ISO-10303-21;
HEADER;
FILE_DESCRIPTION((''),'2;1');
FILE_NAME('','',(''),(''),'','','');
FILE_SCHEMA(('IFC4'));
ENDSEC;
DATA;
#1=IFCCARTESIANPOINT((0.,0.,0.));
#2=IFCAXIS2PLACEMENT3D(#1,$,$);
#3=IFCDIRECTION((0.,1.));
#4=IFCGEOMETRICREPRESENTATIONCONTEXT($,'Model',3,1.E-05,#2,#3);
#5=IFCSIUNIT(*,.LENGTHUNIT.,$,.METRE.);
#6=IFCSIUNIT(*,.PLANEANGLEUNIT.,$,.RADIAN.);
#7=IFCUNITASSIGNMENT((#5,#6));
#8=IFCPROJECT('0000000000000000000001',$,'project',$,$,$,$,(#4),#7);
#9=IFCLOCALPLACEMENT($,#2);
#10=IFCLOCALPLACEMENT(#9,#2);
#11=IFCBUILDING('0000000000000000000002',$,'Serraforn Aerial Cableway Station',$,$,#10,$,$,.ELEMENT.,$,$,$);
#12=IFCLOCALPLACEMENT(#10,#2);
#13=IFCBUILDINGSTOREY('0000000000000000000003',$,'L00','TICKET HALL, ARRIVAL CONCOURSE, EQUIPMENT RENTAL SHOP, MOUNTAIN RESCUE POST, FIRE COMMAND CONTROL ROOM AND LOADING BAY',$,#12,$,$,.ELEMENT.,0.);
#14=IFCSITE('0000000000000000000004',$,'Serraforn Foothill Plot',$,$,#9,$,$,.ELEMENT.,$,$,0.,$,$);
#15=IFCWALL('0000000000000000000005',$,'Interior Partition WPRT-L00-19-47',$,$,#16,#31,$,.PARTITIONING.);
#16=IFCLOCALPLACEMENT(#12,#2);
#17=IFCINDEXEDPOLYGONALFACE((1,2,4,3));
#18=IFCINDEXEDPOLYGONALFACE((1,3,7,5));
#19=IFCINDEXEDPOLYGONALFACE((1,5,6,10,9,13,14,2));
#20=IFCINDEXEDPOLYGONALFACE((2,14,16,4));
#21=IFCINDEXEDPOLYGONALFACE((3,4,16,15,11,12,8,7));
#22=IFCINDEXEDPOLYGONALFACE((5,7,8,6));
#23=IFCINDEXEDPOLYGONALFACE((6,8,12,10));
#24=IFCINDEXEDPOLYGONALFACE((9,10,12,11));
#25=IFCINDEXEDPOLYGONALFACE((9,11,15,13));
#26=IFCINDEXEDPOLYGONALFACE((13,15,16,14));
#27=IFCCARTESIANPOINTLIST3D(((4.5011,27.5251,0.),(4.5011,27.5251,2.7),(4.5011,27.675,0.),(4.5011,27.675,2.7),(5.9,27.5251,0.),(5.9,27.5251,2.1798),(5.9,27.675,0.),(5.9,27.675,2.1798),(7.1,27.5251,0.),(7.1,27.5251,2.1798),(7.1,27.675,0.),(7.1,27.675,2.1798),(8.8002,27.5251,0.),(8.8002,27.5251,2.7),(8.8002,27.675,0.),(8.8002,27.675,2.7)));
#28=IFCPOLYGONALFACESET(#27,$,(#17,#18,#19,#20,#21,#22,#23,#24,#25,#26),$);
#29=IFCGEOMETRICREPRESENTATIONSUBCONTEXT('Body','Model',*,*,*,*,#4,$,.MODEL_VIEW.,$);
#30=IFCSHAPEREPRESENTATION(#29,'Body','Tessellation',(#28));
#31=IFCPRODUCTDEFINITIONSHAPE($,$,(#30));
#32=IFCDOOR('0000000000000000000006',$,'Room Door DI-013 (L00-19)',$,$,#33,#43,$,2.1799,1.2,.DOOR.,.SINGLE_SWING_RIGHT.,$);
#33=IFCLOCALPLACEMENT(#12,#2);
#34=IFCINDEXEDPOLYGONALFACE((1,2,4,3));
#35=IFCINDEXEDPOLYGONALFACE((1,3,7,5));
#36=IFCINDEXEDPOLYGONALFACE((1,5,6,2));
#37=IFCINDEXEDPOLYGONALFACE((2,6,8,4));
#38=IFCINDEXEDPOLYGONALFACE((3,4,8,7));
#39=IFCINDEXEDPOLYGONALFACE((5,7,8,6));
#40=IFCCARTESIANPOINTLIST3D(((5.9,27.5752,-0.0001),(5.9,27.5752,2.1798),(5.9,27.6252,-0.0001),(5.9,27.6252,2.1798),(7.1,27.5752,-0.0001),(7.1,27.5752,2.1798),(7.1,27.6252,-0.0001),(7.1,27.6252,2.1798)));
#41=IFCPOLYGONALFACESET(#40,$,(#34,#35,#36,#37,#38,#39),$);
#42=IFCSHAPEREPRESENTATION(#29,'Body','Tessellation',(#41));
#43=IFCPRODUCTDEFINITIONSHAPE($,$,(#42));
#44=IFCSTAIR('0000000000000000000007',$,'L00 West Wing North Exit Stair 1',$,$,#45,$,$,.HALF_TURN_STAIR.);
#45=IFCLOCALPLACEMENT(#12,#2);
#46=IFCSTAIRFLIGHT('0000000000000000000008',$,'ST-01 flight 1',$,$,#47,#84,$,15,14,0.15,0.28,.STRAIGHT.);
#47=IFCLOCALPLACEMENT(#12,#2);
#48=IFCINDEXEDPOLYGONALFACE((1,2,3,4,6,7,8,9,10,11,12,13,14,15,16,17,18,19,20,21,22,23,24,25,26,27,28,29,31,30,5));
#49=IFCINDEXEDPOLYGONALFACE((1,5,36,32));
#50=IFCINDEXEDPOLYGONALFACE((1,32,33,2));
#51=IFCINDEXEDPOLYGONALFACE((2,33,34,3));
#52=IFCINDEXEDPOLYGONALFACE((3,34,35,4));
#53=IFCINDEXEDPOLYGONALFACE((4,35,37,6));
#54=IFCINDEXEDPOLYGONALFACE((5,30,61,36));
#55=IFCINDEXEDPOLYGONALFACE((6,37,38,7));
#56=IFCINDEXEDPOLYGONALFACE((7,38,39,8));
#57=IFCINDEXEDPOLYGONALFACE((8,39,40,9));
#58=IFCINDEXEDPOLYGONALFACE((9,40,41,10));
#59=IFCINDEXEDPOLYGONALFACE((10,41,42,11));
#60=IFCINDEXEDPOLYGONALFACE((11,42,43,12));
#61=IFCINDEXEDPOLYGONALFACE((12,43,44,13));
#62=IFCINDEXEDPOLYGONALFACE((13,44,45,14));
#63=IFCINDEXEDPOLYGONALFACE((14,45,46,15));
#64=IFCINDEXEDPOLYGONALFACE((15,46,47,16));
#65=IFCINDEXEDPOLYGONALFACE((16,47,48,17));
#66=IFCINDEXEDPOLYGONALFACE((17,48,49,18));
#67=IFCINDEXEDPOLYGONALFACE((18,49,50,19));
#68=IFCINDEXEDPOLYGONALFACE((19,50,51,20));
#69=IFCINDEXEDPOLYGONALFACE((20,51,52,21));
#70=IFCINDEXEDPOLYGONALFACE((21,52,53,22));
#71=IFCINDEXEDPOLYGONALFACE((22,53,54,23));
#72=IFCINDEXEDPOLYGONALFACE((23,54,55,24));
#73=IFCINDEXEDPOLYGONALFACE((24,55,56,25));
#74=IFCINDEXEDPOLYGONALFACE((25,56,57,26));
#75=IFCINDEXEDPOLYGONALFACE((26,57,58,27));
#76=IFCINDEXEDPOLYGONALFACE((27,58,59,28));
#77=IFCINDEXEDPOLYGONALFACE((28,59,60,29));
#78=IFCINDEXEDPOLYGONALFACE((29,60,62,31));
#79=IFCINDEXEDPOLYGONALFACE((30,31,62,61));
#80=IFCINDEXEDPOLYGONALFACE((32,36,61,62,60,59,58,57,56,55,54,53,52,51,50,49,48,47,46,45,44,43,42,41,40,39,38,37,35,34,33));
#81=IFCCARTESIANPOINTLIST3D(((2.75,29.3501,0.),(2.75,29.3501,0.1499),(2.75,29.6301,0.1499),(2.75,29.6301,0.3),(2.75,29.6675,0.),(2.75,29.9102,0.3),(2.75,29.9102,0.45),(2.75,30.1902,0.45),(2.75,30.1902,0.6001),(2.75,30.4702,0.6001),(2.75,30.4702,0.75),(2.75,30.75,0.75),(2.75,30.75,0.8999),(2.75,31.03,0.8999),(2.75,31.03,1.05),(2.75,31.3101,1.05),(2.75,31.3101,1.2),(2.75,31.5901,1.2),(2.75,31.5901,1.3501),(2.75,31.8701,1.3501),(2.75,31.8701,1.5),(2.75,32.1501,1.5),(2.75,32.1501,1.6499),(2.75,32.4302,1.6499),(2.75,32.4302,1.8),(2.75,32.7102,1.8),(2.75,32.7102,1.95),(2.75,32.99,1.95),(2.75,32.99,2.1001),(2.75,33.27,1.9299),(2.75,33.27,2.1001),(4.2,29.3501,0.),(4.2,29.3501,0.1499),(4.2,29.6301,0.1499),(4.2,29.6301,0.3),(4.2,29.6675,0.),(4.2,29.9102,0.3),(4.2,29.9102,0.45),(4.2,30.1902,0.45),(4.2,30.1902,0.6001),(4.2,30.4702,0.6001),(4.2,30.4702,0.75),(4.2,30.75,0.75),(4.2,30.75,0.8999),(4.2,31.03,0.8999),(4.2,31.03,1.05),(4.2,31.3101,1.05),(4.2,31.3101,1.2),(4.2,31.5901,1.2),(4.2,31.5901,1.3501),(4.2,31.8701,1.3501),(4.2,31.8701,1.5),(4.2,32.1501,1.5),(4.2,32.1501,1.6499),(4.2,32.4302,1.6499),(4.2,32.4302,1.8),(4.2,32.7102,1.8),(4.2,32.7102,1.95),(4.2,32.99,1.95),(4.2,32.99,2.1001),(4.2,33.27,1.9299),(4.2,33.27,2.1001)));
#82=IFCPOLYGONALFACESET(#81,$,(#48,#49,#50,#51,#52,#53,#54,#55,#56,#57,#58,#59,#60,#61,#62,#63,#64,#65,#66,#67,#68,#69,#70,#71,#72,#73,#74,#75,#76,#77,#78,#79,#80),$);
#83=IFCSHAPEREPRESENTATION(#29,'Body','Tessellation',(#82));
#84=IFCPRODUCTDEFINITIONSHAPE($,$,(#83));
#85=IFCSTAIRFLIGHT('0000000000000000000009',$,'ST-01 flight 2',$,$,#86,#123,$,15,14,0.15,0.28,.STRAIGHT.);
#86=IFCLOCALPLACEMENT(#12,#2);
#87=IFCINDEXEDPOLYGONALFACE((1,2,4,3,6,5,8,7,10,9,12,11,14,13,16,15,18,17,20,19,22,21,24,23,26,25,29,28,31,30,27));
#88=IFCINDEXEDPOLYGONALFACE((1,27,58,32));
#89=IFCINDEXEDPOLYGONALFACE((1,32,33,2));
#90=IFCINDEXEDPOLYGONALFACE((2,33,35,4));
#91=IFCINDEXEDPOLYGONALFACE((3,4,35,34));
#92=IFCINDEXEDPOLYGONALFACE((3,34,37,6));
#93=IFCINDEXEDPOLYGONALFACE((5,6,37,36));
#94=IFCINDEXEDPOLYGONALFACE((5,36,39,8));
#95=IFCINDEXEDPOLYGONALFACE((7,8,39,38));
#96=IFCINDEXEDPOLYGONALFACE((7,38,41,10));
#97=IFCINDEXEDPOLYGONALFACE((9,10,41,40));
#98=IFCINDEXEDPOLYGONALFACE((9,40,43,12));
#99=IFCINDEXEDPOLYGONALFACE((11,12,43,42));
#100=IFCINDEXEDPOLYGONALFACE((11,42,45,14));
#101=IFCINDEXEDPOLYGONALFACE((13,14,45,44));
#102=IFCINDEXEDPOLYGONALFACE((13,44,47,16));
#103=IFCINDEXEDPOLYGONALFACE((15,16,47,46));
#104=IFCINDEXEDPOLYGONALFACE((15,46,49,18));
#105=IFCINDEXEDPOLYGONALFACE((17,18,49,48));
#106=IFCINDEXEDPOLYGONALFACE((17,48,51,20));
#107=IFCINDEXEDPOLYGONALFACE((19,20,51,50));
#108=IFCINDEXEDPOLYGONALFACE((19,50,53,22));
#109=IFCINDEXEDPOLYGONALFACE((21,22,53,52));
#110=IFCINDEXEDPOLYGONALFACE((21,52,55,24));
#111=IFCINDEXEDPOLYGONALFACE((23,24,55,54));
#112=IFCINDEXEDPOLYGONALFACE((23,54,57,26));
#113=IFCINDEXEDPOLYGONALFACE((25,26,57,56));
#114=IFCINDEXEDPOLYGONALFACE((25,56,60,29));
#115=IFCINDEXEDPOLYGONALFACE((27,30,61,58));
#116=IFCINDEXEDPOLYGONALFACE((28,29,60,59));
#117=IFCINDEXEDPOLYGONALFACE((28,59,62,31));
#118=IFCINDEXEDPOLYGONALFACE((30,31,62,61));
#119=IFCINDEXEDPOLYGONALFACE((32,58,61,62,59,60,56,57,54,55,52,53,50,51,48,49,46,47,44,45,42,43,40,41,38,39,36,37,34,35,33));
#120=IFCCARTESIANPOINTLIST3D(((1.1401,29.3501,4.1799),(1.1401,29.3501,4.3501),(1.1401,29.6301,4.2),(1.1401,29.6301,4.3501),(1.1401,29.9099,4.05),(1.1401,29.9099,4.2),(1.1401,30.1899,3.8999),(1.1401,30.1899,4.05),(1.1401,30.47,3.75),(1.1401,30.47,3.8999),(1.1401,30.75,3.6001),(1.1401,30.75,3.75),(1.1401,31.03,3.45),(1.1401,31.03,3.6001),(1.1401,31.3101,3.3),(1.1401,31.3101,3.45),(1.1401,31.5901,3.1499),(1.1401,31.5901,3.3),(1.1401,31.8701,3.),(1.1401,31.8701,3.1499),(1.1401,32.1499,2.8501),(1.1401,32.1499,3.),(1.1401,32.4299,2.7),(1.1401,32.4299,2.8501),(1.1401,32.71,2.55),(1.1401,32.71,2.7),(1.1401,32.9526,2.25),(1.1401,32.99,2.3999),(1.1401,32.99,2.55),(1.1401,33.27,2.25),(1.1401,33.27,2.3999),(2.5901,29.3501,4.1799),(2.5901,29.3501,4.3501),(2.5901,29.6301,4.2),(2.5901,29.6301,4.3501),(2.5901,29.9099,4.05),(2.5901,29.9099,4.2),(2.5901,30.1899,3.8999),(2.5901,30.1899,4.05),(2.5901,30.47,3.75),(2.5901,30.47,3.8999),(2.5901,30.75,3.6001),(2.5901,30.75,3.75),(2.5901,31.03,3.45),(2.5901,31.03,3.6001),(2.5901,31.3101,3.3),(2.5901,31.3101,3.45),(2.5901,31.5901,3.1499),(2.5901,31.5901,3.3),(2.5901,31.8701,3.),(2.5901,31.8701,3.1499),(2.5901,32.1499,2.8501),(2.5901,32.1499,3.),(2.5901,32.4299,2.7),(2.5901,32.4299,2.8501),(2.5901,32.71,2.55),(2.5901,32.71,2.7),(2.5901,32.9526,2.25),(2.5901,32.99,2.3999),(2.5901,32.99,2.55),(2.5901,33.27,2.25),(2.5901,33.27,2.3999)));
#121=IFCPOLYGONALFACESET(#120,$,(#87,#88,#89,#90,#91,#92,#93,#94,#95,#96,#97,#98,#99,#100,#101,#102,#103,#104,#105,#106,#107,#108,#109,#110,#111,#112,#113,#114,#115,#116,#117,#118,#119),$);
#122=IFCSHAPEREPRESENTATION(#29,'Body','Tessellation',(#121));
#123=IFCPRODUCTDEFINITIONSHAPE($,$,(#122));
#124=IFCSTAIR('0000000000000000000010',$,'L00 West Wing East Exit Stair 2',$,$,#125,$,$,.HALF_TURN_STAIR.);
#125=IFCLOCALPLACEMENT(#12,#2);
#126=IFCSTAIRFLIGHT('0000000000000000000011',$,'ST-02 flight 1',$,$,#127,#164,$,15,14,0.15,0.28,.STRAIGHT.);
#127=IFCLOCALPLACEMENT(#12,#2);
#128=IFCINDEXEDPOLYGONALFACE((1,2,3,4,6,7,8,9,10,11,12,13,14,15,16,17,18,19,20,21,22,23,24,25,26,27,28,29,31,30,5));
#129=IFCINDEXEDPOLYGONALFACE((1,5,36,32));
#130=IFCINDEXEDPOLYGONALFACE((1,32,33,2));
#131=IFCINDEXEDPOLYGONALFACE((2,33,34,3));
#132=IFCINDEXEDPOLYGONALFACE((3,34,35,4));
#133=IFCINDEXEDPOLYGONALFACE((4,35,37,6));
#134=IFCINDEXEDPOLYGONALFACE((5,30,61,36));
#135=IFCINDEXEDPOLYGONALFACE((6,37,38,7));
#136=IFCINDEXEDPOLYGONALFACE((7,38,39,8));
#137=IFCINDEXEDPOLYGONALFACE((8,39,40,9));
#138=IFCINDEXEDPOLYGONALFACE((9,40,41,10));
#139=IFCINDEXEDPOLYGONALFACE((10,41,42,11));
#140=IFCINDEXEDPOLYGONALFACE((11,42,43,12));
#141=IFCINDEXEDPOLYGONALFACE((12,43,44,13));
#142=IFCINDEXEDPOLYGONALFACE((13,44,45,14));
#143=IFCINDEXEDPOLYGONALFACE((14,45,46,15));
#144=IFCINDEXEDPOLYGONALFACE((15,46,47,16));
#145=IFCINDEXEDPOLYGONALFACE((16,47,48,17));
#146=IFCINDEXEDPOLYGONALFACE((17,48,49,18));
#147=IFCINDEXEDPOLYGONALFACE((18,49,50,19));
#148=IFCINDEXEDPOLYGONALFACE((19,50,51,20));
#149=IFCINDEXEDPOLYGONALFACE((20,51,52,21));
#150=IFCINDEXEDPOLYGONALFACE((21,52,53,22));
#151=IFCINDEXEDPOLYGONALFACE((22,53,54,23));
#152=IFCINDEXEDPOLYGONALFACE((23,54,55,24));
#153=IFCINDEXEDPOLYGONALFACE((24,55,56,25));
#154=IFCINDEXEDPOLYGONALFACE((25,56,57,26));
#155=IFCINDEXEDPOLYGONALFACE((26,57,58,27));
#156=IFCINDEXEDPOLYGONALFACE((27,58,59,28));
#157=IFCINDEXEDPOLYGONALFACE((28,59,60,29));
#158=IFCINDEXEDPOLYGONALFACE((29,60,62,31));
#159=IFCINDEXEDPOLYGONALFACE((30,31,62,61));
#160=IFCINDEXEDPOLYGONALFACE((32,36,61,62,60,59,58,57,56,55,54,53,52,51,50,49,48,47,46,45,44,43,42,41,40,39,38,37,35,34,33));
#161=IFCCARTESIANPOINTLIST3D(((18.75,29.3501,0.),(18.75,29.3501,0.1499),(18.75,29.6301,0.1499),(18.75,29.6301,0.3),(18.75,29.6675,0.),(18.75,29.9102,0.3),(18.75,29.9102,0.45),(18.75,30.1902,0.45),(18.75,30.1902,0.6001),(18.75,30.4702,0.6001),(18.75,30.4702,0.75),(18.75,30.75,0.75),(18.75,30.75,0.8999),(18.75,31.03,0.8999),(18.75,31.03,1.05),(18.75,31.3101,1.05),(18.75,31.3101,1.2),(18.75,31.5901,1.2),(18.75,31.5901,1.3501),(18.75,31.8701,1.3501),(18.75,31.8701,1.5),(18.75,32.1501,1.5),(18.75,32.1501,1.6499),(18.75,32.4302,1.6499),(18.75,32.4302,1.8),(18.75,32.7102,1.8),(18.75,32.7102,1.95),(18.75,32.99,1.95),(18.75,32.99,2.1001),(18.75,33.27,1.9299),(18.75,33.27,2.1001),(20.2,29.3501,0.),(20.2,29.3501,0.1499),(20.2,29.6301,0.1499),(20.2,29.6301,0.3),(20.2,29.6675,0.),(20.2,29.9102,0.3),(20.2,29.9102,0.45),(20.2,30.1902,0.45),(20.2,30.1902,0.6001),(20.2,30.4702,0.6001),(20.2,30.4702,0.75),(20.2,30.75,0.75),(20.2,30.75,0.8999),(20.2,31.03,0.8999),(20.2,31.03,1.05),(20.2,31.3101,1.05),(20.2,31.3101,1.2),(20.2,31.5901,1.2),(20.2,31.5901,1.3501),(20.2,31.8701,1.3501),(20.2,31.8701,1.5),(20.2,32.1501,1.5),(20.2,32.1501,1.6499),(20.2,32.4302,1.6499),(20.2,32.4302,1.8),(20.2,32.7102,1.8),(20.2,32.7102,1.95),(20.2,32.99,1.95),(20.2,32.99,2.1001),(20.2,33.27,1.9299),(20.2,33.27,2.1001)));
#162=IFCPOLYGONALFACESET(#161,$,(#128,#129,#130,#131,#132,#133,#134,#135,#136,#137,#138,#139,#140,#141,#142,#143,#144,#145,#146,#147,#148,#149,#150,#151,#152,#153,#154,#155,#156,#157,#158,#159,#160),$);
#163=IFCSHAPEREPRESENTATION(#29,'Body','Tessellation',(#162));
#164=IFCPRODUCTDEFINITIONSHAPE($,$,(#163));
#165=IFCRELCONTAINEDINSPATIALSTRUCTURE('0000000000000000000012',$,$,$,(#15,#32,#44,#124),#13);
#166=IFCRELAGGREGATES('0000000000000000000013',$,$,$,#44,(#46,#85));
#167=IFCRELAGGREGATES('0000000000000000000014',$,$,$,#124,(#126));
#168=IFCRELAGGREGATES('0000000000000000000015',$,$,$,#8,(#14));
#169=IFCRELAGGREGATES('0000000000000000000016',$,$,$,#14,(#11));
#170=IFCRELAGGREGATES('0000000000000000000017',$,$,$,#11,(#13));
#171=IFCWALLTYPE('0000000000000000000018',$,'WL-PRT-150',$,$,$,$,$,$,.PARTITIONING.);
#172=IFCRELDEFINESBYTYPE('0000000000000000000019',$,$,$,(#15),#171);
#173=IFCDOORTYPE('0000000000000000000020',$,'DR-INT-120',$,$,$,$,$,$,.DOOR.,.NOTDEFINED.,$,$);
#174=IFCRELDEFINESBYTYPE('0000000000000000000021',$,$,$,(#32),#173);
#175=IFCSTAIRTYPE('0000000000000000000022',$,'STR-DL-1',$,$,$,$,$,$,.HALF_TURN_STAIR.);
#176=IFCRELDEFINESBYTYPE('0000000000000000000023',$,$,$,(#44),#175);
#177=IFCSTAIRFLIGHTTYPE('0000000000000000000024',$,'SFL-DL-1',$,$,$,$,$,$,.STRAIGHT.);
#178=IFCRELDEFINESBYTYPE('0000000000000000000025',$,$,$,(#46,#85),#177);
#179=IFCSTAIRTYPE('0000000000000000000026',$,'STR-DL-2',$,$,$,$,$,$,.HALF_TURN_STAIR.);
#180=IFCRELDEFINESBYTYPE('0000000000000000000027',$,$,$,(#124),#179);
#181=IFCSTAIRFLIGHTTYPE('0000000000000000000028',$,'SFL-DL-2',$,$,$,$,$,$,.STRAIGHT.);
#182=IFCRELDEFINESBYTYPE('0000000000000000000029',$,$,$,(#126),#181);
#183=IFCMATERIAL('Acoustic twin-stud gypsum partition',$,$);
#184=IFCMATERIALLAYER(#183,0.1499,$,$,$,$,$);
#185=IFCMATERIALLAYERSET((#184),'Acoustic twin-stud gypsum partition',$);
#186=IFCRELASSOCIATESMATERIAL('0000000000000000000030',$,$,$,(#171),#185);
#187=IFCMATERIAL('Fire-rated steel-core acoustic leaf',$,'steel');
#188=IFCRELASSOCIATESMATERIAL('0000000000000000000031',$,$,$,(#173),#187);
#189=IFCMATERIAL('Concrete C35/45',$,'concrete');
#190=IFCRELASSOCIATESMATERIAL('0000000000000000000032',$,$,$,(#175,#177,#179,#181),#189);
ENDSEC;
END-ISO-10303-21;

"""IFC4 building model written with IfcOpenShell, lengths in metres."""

from ifc_helpers import new_model, si_unit, direction, frame, frame_2d, origin, place, context, subcontext, project, spatial, polyline, rectangle, outline, extrude, material, layer, layer_set, type_object, element, fill, aggregate, save


model = new_model("IFC4")

# Units and contexts
model_context = context("Model", 3, precision=1e-05, world=origin(), true_north=direction((0.0, 1.0)))
body_context = subcontext(model_context, "Body", "Model", "MODEL_VIEW")
ifc_project = project(units=[si_unit("LENGTHUNIT", "METRE"), si_unit("PLANEANGLEUNIT", "RADIAN")], contexts=[model_context])

# Site, building, storey
site_placement = place(None, origin())
site = spatial("IfcSite", under=ifc_project, at=site_placement, Name="Serraforn Foothill Plot", CompositionType="ELEMENT", RefElevation=0.0)
building_placement = place(site_placement, origin())
building = spatial("IfcBuilding", under=site, at=building_placement, Name="Serraforn Aerial Cableway Station", CompositionType="ELEMENT")
storey_placement = place(building_placement, origin())
storey = spatial("IfcBuildingStorey", under=building, at=storey_placement, Name="L00", Description="TICKET HALL, ARRIVAL CONCOURSE, EQUIPMENT RENTAL SHOP, MOUNTAIN RESCUE POST, FIRE COMMAND CONTROL ROOM AND LOADING BAY", CompositionType="ELEMENT", Elevation=0.0)

# Shared definitions
ifc_material_1 = material(Name="Concrete C35/45", Category="concrete")

# Wall, opening, door
ifc_material_2 = material(Name="Acoustic twin-stud gypsum partition")
ifc_layer_1 = layer(ifc_material_2, 0.1499)
ifc_layer_set_1 = layer_set([ifc_layer_1], Name="Acoustic twin-stud gypsum partition")
wall_type_1 = type_object("IfcWallType", Name="WL-PRT-150", PredefinedType="PARTITIONING", material=ifc_layer_set_1)
wall_1_placement = place(storey_placement, frame((8.8, 27.6001, 0.0), z_axis=(0.0, 0.0, 1.0), x_axis=(-1.0, 0.0, 0.0)))
wall_1 = element("IfcWall", 1, at=wall_1_placement, inside=storey, type_object=wall_type_1, Name="Interior Partition WPRT-L00-19-47", PredefinedType="PARTITIONING", context=body_context, shape_type="SweptSolid", body=[
    extrude(rectangle(XDim=4.2991, YDim=0.1499, at=frame_2d((2.1494, 0.0))), origin(), (0.0, 0.0, 1.0), 2.7),
])
opening_1_placement = place(wall_1_placement, frame((1.7, 0.0, 0.0)))
opening_1 = element("IfcOpeningElement", 2, at=opening_1_placement, cuts=wall_1, PredefinedType="OPENING", context=body_context, shape_type="SweptSolid", body=[
    extrude(rectangle(XDim=1.2, YDim=2.1799, at=frame_2d((0.6001, 1.0898))), frame((0.0, 0.085, 0.0), z_axis=(0.0, -1.0, 0.0), x_axis=(1.0, 0.0, 0.0)), (0.0, 0.0, 1.0), 0.1699),
])
ifc_material_3 = material(Name="Fire-rated steel-core acoustic leaf", Category="steel")
door_type_1 = type_object("IfcDoorType", Name="DR-INT-120", OperationType="NOTDEFINED", PredefinedType="DOOR", material=ifc_material_3)
door_1_placement = place(opening_1_placement, origin())
door_1 = element("IfcDoor", 3, at=door_1_placement, inside=storey, type_object=door_type_1, Name="Room Door DI-013 (L00-19)", OperationType="SINGLE_SWING_RIGHT", OverallHeight=2.1799, OverallWidth=1.2, PredefinedType="DOOR", context=body_context, shape_type="SweptSolid", body=[
    extrude(rectangle(XDim=1.2, YDim=2.1799, at=frame_2d((0.6001, 1.0898))), frame((0.0, 0.0249, 0.0), z_axis=(0.0, -1.0, 0.0), x_axis=(1.0, 0.0, 0.0)), (0.0, 0.0, 1.0), 0.05),
])
fill(opening_1, door_1)

# Stairs, stair flights
stair_type_1 = type_object("IfcStairType", Name="STR-DL-1", PredefinedType="HALF_TURN_STAIR", material=ifc_material_1)
stair_1_placement = place(storey_placement, origin())
stair_1 = element("IfcStair", 4, at=stair_1_placement, inside=storey, type_object=stair_type_1, Name="L00 West Wing North Exit Stair 1", PredefinedType="HALF_TURN_STAIR")
stair_flight_type_1 = type_object("IfcStairFlightType", Name="SFL-DL-1", PredefinedType="STRAIGHT", material=ifc_material_1)
stair_flight_1_placement = place(storey_placement, frame((3.4751, 29.3501, 0.0), z_axis=(0.0, 0.0, 1.0), x_axis=(0.0, 1.0, 0.0)))
stair_flight_1 = element("IfcStairFlight", 5, at=stair_flight_1_placement, type_object=stair_flight_type_1, Name="ST-01 flight 1", NumberOfRisers=15, NumberOfTreads=14, PredefinedType="STRAIGHT", RiserHeight=0.15, TreadLength=0.28, context=body_context, shape_type="SweptSolid", body=[
    extrude(outline(polyline([(0.0, 0.0), (0.0, 0.1499), (0.28, 0.1499), (0.28, 0.3), (0.5601, 0.3), (0.5601, 0.45), (0.8401, 0.45), (0.8401, 0.6001), (1.1201, 0.6001), (1.1201, 0.75), (1.3999, 0.75), (1.3999, 0.8999), (1.6799, 0.8999), (1.6799, 1.05), (1.96, 1.05), (1.96, 1.2), (2.24, 1.2), (2.24, 1.3501), (2.52, 1.3501), (2.52, 1.5), (2.8, 1.5), (2.8, 1.6499), (3.0801, 1.6499), (3.0801, 1.8), (3.3601, 1.8), (3.3601, 1.95), (3.6399, 1.95), (3.6399, 2.1001), (3.9199, 2.1001), (3.9199, 2.25), (3.9199, 1.9299), (0.3174, 0.0), (0.0, 0.0)])), frame((0.0, 0.7251, 0.0), z_axis=(0.0, -1.0, 0.0), x_axis=(1.0, 0.0, 0.0)), (0.0, 0.0, 1.0), 1.45),
])
stair_flight_2_placement = place(storey_placement, frame((1.865, 33.27, 2.25), z_axis=(0.0, 0.0, 1.0), x_axis=(0.0, -1.0, 0.0)))
stair_flight_2 = element("IfcStairFlight", 6, at=stair_flight_2_placement, type_object=stair_flight_type_1, Name="ST-01 flight 2", NumberOfRisers=15, NumberOfTreads=14, PredefinedType="STRAIGHT", RiserHeight=0.15, TreadLength=0.28, context=body_context, shape_type="SweptSolid", body=[
    extrude(outline(polyline([(0.0, 0.0), (0.0, 0.1499), (0.28, 0.1499), (0.28, 0.3), (0.5601, 0.3), (0.5601, 0.45), (0.8401, 0.45), (0.8401, 0.6001), (1.1201, 0.6001), (1.1201, 0.75), (1.3999, 0.75), (1.3999, 0.8999), (1.6799, 0.8999), (1.6799, 1.05), (1.96, 1.05), (1.96, 1.2), (2.24, 1.2), (2.24, 1.3501), (2.52, 1.3501), (2.52, 1.5), (2.8, 1.5), (2.8, 1.6499), (3.0801, 1.6499), (3.0801, 1.8), (3.3601, 1.8), (3.3601, 1.95), (3.6399, 1.95), (3.6399, 2.1001), (3.9199, 2.1001), (3.9199, 2.25), (3.9199, 1.9299), (0.3174, 0.0), (0.0, 0.0)])), frame((0.0, 0.7251, 0.0), z_axis=(0.0, -1.0, 0.0), x_axis=(1.0, 0.0, 0.0)), (0.0, 0.0, 1.0), 1.45),
])
aggregate(stair_1, [stair_flight_1, stair_flight_2])
stair_type_2 = type_object("IfcStairType", Name="STR-DL-2", PredefinedType="HALF_TURN_STAIR", material=ifc_material_1)
stair_2_placement = place(storey_placement, origin())
stair_2 = element("IfcStair", 7, at=stair_2_placement, inside=storey, type_object=stair_type_2, Name="L00 West Wing East Exit Stair 2", PredefinedType="HALF_TURN_STAIR")
stair_flight_type_2 = type_object("IfcStairFlightType", Name="SFL-DL-2", PredefinedType="STRAIGHT", material=ifc_material_1)
stair_flight_3_placement = place(storey_placement, frame((19.4751, 29.3501, 0.0), z_axis=(0.0, 0.0, 1.0), x_axis=(0.0, 1.0, 0.0)))
stair_flight_3 = element("IfcStairFlight", 8, at=stair_flight_3_placement, type_object=stair_flight_type_2, Name="ST-02 flight 1", NumberOfRisers=15, NumberOfTreads=14, PredefinedType="STRAIGHT", RiserHeight=0.15, TreadLength=0.28, context=body_context, shape_type="SweptSolid", body=[
    extrude(outline(polyline([(0.0, 0.0), (0.0, 0.1499), (0.28, 0.1499), (0.28, 0.3), (0.5601, 0.3), (0.5601, 0.45), (0.8401, 0.45), (0.8401, 0.6001), (1.1201, 0.6001), (1.1201, 0.75), (1.3999, 0.75), (1.3999, 0.8999), (1.6799, 0.8999), (1.6799, 1.05), (1.96, 1.05), (1.96, 1.2), (2.24, 1.2), (2.24, 1.3501), (2.52, 1.3501), (2.52, 1.5), (2.8, 1.5), (2.8, 1.6499), (3.0801, 1.6499), (3.0801, 1.8), (3.3601, 1.8), (3.3601, 1.95), (3.6399, 1.95), (3.6399, 2.1001), (3.9199, 2.1001), (3.9199, 2.25), (3.9199, 1.9299), (0.3174, 0.0), (0.0, 0.0)])), frame((0.0, 0.7251, 0.0), z_axis=(0.0, -1.0, 0.0), x_axis=(1.0, 0.0, 0.0)), (0.0, 0.0, 1.0), 1.45),
])
aggregate(stair_2, [stair_flight_3])

save(model, "model.ifc")
